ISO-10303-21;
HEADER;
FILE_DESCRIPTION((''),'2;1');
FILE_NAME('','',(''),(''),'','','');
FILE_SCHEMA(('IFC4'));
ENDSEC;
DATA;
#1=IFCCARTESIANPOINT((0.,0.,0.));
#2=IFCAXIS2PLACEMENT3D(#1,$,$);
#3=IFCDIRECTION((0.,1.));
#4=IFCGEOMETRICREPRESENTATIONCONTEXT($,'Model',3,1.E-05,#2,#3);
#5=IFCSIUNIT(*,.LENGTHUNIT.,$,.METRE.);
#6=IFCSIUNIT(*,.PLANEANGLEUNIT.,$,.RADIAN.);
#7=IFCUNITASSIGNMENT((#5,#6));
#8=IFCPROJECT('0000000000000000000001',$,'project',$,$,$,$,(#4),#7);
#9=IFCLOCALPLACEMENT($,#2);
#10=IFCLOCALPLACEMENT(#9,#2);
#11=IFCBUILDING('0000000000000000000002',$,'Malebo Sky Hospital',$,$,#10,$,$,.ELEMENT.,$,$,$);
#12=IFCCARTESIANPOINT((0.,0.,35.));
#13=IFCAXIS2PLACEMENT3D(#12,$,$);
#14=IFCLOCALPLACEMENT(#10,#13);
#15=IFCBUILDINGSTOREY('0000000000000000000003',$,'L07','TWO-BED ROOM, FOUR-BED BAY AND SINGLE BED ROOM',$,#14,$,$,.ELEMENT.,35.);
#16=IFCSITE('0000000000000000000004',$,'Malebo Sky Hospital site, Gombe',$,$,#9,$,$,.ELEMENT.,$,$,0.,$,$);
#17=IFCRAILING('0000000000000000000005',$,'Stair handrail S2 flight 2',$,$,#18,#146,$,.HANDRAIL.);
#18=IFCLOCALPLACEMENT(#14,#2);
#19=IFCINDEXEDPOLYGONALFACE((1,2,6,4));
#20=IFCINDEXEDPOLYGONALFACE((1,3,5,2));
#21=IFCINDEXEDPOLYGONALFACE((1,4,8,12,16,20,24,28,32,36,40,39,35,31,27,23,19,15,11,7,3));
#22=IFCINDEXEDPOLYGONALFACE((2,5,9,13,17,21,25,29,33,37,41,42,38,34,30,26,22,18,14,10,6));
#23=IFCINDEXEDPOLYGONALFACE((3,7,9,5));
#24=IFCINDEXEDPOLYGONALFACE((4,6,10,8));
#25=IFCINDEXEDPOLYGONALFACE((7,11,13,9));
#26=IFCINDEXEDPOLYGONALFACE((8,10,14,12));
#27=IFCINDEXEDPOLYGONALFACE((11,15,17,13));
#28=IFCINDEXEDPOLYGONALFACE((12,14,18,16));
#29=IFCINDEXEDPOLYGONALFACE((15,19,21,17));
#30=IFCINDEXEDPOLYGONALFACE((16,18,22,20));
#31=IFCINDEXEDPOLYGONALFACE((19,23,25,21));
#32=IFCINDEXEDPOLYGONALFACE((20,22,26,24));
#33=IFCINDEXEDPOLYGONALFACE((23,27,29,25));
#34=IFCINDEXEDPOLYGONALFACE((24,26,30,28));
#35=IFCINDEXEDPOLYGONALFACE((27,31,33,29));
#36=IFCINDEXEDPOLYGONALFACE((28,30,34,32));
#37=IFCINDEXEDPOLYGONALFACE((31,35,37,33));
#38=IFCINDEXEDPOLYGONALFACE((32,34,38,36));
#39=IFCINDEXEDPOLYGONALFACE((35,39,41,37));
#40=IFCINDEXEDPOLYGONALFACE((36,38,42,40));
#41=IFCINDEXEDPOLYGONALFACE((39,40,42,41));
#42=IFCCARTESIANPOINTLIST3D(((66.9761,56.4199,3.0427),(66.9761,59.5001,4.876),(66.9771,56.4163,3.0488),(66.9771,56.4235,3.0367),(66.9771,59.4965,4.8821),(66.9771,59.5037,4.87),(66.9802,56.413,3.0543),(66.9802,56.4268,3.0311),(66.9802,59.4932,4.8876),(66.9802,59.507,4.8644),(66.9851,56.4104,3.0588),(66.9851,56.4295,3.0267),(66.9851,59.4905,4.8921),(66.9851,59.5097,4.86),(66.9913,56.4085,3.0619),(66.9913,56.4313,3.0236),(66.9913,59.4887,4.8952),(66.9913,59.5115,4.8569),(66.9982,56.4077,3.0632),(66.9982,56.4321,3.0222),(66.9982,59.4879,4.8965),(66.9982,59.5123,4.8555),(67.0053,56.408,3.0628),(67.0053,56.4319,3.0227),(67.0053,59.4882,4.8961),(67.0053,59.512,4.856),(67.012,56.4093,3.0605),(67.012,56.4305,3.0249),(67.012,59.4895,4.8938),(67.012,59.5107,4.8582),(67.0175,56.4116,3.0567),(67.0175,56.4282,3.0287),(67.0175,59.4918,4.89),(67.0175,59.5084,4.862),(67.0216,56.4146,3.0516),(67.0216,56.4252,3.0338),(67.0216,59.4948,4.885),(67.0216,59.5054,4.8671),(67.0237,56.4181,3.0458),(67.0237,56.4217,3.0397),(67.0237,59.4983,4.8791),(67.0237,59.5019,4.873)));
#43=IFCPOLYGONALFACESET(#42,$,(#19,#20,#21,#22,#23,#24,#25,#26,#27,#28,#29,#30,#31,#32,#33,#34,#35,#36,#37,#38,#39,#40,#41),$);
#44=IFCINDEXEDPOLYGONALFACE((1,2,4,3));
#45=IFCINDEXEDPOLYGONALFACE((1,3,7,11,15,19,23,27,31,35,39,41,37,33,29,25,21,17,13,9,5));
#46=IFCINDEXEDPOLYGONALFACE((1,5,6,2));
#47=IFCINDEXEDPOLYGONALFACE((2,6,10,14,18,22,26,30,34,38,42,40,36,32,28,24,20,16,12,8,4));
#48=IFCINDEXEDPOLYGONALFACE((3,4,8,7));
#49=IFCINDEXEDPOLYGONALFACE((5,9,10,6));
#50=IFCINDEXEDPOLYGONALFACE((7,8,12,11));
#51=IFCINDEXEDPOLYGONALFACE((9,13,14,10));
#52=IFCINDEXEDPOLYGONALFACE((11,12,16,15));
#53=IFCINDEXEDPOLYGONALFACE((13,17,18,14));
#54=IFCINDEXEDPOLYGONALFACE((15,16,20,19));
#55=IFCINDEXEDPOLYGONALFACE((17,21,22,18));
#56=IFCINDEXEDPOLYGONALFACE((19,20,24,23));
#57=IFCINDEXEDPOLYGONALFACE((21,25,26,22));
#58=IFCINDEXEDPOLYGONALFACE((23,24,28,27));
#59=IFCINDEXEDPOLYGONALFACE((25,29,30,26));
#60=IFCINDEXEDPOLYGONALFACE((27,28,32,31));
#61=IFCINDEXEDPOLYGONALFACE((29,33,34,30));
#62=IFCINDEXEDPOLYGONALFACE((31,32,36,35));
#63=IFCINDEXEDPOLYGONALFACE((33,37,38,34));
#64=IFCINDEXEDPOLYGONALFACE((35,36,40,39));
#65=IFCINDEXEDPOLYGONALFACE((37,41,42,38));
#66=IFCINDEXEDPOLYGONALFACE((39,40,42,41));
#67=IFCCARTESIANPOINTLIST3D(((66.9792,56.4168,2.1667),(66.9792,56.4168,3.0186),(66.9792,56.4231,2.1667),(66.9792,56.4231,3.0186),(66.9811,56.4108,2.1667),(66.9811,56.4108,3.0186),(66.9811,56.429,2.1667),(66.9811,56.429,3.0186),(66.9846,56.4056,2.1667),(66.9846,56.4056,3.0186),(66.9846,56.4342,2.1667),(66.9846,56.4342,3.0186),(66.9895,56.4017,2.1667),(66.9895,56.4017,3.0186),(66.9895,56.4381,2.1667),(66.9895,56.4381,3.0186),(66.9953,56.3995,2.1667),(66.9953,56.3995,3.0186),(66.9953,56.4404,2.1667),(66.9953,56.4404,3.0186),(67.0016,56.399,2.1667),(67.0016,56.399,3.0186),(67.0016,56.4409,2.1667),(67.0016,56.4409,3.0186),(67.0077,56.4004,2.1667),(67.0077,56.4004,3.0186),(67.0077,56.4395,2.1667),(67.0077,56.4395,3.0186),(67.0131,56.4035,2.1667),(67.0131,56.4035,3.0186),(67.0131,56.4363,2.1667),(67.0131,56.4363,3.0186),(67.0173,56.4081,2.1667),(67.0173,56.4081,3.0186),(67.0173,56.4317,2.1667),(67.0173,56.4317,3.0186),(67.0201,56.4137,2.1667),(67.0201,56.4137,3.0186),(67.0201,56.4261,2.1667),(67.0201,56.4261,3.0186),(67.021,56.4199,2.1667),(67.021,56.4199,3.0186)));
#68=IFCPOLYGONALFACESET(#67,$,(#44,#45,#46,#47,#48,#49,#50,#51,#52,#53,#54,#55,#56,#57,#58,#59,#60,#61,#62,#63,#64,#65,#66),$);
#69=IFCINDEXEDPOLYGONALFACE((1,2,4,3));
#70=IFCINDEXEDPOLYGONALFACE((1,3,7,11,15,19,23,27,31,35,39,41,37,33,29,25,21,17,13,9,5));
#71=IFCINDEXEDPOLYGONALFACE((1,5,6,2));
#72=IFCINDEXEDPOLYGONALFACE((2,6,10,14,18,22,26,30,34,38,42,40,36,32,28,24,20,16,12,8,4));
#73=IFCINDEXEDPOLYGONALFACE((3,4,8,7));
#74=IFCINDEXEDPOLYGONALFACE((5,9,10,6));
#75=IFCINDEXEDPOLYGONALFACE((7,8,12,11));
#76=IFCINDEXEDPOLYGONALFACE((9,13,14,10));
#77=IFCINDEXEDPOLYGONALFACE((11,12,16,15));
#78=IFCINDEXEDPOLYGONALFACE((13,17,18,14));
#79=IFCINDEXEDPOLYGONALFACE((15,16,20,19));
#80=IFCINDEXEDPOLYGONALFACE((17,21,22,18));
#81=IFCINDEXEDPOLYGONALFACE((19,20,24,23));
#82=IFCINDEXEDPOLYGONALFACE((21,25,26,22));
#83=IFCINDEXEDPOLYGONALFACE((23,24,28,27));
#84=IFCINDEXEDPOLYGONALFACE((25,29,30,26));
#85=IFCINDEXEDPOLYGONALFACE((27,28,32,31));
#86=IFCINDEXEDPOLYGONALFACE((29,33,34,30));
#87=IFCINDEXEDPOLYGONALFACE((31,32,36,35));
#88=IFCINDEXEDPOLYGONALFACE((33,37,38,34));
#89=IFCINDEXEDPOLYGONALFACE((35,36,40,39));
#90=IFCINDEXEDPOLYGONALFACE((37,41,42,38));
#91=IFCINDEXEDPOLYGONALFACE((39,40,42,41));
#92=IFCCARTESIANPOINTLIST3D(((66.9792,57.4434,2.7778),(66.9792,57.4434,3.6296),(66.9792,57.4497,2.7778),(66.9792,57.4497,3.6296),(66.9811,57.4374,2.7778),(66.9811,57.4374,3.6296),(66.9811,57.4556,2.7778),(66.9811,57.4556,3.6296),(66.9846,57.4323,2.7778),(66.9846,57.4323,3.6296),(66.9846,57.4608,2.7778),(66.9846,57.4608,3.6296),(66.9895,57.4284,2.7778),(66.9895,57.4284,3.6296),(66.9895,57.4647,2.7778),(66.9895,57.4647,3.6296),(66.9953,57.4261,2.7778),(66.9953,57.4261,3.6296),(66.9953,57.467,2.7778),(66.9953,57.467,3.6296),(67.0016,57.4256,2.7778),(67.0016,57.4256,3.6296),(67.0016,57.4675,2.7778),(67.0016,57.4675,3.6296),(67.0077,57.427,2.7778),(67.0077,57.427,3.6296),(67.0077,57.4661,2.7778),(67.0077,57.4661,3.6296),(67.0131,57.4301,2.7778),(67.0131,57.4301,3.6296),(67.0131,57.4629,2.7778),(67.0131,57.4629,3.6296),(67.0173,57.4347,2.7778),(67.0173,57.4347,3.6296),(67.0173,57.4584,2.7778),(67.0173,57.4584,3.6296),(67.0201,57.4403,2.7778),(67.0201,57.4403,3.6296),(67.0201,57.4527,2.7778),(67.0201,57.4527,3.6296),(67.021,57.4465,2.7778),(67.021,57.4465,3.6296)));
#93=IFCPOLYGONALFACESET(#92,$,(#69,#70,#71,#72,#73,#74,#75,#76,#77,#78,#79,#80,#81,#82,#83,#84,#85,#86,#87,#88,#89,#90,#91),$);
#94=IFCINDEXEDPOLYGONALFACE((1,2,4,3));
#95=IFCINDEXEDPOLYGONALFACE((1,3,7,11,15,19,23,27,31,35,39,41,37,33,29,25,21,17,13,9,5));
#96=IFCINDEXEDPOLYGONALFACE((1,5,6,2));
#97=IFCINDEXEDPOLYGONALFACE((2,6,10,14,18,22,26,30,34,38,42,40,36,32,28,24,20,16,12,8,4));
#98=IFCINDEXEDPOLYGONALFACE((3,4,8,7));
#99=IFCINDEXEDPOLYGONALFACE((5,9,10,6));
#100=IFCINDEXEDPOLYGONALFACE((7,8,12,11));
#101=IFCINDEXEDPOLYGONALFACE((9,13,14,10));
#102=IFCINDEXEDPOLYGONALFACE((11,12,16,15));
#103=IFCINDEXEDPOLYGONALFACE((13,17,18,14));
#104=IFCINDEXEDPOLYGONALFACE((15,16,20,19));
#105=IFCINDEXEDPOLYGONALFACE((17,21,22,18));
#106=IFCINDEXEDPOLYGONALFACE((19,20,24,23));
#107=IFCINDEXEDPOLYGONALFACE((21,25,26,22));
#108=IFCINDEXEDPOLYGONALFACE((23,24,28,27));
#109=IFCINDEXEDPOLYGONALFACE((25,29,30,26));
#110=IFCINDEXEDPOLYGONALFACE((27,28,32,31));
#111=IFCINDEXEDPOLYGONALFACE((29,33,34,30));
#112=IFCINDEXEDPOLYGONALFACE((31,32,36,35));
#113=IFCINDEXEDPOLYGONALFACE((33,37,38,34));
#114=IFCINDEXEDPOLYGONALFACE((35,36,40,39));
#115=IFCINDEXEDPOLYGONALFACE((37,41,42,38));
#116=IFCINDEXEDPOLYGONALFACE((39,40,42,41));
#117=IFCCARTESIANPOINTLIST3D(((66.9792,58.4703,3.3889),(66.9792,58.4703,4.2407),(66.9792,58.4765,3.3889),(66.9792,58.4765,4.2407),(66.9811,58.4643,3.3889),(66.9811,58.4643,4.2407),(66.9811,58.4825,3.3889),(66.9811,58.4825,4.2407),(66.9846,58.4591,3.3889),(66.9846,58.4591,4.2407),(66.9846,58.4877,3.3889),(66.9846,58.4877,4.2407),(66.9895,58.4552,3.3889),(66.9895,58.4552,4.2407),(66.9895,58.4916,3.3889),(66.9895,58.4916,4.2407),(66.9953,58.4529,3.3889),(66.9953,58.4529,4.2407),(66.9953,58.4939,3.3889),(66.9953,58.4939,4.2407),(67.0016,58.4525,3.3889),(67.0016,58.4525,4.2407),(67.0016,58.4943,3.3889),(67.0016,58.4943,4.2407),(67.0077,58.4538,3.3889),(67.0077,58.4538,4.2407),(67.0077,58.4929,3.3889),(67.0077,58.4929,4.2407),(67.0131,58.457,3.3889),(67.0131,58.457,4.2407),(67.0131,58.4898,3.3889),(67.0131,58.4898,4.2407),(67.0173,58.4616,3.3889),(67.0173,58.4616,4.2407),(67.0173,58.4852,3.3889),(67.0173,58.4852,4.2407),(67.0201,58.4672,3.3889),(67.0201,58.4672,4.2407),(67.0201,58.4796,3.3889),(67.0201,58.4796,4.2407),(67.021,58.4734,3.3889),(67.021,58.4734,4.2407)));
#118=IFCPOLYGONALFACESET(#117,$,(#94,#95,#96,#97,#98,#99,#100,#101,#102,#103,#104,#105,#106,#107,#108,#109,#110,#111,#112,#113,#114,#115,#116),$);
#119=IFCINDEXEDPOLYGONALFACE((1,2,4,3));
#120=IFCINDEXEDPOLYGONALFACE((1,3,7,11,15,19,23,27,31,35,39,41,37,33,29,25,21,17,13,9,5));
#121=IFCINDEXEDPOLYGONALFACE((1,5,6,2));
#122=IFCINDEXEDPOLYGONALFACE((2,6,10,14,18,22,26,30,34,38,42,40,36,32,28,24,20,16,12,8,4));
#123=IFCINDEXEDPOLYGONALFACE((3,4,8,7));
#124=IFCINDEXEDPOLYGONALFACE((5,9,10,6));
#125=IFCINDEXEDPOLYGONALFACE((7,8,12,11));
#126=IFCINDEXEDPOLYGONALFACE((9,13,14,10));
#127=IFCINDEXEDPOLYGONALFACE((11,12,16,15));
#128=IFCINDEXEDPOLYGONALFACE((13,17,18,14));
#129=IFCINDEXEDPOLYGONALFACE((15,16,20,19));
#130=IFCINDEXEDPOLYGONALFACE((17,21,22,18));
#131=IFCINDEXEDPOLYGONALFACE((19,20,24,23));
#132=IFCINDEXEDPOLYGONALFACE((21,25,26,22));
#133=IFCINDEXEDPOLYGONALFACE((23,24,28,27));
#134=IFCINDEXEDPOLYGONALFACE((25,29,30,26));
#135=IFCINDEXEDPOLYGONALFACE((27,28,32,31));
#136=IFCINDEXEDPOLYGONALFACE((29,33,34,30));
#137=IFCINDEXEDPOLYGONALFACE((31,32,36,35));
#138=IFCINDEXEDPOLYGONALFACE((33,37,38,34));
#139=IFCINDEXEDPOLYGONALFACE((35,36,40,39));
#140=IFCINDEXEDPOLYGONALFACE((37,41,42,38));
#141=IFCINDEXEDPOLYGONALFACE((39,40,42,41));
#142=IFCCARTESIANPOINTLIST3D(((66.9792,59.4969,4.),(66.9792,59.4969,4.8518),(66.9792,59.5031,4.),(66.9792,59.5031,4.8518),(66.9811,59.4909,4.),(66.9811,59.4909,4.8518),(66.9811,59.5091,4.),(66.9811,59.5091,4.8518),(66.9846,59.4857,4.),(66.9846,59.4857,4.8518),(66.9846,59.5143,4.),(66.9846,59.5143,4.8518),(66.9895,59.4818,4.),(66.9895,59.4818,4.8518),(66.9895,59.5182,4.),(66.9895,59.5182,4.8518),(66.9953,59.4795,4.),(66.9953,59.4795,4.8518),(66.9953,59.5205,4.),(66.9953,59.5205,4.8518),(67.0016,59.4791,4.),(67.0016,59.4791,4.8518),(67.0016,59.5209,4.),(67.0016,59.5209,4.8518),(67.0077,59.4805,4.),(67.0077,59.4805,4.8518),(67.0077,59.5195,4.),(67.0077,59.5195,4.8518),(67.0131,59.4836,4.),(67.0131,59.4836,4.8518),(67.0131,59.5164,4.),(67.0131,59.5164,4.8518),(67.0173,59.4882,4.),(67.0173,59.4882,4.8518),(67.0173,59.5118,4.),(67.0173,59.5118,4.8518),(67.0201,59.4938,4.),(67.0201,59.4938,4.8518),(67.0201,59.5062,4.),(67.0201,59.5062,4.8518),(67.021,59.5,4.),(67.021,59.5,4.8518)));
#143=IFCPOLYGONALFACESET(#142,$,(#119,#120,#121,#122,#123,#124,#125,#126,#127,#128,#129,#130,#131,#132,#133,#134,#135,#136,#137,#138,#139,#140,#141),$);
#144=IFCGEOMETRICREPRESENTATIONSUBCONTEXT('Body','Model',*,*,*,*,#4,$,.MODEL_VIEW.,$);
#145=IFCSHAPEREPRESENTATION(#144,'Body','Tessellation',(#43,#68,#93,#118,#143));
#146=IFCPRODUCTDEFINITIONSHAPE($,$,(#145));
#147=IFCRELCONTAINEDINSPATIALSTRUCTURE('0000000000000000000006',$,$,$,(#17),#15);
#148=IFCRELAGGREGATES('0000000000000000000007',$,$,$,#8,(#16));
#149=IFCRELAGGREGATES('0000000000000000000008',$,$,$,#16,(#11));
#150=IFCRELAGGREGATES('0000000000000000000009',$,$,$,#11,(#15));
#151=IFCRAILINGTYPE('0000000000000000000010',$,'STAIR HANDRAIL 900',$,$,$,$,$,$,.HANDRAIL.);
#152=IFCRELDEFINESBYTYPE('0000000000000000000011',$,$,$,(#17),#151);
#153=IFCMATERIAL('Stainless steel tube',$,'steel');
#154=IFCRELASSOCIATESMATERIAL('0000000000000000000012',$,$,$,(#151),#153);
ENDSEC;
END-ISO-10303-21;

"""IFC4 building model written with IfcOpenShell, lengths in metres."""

from ifc_helpers import new_model, si_unit, direction, frame, origin, origin_2d, place, context, subcontext, project, spatial, circle, extrude, material, type_object, element, save


model = new_model("IFC4")

# Units and contexts
model_context = context("Model", 3, precision=1e-05, world=origin(), true_north=direction((0.0, 1.0)))
body_context = subcontext(model_context, "Body", "Model", "MODEL_VIEW")
ifc_project = project(units=[si_unit("LENGTHUNIT", "METRE"), si_unit("PLANEANGLEUNIT", "RADIAN")], contexts=[model_context])

# Site, building, storey
site_placement = place(None, origin())
site = spatial("IfcSite", under=ifc_project, at=site_placement, Name="Malebo Sky Hospital site, Gombe", CompositionType="ELEMENT", RefElevation=0.0)
building_placement = place(site_placement, origin())
building = spatial("IfcBuilding", under=site, at=building_placement, Name="Malebo Sky Hospital", CompositionType="ELEMENT")
storey_placement = place(building_placement, frame((0.0, 0.0, 35.0)))
storey = spatial("IfcBuildingStorey", under=building, at=storey_placement, Name="L07", Description="TWO-BED ROOM, FOUR-BED BAY AND SINGLE BED ROOM", CompositionType="ELEMENT", Elevation=35.0)

# Railing
ifc_material_1 = material(Name="Stainless steel tube", Category="steel")
railing_type = type_object("IfcRailingType", Name="STAIR HANDRAIL 900", PredefinedType="HANDRAIL", material=ifc_material_1)
railing_1_placement = place(storey_placement, frame((67.0, 56.4199, 2.1667)))
element("IfcRailing", 1, at=railing_1_placement, inside=storey, type_object=railing_type, Name="Stair handrail S2 flight 2", PredefinedType="HANDRAIL", context=body_context, shape_type="SweptSolid", body=[
    extrude(circle(Radius=0.0239, at=origin_2d()), frame((0.0, 0.0, 0.876), z_axis=(0.0, 0.859309, 0.511458), x_axis=(-1.0, 0.0, 0.0)), (0.0, 0.0, 1.0), 3.5845),
    extrude(circle(Radius=0.021, at=origin_2d()), origin(), (0.0, 0.0, 1.0), 0.8518),
    extrude(circle(Radius=0.021, at=origin_2d()), frame((0.0, 1.0266, 0.6111)), (0.0, 0.0, 1.0), 0.8518),
    extrude(circle(Radius=0.021, at=origin_2d()), frame((0.0, 2.0535, 1.2222)), (0.0, 0.0, 1.0), 0.8518),
    extrude(circle(Radius=0.021, at=origin_2d()), frame((0.0, 3.0801, 1.8333)), (0.0, 0.0, 1.0), 0.8518),
])

save(model, "model.ifc")
